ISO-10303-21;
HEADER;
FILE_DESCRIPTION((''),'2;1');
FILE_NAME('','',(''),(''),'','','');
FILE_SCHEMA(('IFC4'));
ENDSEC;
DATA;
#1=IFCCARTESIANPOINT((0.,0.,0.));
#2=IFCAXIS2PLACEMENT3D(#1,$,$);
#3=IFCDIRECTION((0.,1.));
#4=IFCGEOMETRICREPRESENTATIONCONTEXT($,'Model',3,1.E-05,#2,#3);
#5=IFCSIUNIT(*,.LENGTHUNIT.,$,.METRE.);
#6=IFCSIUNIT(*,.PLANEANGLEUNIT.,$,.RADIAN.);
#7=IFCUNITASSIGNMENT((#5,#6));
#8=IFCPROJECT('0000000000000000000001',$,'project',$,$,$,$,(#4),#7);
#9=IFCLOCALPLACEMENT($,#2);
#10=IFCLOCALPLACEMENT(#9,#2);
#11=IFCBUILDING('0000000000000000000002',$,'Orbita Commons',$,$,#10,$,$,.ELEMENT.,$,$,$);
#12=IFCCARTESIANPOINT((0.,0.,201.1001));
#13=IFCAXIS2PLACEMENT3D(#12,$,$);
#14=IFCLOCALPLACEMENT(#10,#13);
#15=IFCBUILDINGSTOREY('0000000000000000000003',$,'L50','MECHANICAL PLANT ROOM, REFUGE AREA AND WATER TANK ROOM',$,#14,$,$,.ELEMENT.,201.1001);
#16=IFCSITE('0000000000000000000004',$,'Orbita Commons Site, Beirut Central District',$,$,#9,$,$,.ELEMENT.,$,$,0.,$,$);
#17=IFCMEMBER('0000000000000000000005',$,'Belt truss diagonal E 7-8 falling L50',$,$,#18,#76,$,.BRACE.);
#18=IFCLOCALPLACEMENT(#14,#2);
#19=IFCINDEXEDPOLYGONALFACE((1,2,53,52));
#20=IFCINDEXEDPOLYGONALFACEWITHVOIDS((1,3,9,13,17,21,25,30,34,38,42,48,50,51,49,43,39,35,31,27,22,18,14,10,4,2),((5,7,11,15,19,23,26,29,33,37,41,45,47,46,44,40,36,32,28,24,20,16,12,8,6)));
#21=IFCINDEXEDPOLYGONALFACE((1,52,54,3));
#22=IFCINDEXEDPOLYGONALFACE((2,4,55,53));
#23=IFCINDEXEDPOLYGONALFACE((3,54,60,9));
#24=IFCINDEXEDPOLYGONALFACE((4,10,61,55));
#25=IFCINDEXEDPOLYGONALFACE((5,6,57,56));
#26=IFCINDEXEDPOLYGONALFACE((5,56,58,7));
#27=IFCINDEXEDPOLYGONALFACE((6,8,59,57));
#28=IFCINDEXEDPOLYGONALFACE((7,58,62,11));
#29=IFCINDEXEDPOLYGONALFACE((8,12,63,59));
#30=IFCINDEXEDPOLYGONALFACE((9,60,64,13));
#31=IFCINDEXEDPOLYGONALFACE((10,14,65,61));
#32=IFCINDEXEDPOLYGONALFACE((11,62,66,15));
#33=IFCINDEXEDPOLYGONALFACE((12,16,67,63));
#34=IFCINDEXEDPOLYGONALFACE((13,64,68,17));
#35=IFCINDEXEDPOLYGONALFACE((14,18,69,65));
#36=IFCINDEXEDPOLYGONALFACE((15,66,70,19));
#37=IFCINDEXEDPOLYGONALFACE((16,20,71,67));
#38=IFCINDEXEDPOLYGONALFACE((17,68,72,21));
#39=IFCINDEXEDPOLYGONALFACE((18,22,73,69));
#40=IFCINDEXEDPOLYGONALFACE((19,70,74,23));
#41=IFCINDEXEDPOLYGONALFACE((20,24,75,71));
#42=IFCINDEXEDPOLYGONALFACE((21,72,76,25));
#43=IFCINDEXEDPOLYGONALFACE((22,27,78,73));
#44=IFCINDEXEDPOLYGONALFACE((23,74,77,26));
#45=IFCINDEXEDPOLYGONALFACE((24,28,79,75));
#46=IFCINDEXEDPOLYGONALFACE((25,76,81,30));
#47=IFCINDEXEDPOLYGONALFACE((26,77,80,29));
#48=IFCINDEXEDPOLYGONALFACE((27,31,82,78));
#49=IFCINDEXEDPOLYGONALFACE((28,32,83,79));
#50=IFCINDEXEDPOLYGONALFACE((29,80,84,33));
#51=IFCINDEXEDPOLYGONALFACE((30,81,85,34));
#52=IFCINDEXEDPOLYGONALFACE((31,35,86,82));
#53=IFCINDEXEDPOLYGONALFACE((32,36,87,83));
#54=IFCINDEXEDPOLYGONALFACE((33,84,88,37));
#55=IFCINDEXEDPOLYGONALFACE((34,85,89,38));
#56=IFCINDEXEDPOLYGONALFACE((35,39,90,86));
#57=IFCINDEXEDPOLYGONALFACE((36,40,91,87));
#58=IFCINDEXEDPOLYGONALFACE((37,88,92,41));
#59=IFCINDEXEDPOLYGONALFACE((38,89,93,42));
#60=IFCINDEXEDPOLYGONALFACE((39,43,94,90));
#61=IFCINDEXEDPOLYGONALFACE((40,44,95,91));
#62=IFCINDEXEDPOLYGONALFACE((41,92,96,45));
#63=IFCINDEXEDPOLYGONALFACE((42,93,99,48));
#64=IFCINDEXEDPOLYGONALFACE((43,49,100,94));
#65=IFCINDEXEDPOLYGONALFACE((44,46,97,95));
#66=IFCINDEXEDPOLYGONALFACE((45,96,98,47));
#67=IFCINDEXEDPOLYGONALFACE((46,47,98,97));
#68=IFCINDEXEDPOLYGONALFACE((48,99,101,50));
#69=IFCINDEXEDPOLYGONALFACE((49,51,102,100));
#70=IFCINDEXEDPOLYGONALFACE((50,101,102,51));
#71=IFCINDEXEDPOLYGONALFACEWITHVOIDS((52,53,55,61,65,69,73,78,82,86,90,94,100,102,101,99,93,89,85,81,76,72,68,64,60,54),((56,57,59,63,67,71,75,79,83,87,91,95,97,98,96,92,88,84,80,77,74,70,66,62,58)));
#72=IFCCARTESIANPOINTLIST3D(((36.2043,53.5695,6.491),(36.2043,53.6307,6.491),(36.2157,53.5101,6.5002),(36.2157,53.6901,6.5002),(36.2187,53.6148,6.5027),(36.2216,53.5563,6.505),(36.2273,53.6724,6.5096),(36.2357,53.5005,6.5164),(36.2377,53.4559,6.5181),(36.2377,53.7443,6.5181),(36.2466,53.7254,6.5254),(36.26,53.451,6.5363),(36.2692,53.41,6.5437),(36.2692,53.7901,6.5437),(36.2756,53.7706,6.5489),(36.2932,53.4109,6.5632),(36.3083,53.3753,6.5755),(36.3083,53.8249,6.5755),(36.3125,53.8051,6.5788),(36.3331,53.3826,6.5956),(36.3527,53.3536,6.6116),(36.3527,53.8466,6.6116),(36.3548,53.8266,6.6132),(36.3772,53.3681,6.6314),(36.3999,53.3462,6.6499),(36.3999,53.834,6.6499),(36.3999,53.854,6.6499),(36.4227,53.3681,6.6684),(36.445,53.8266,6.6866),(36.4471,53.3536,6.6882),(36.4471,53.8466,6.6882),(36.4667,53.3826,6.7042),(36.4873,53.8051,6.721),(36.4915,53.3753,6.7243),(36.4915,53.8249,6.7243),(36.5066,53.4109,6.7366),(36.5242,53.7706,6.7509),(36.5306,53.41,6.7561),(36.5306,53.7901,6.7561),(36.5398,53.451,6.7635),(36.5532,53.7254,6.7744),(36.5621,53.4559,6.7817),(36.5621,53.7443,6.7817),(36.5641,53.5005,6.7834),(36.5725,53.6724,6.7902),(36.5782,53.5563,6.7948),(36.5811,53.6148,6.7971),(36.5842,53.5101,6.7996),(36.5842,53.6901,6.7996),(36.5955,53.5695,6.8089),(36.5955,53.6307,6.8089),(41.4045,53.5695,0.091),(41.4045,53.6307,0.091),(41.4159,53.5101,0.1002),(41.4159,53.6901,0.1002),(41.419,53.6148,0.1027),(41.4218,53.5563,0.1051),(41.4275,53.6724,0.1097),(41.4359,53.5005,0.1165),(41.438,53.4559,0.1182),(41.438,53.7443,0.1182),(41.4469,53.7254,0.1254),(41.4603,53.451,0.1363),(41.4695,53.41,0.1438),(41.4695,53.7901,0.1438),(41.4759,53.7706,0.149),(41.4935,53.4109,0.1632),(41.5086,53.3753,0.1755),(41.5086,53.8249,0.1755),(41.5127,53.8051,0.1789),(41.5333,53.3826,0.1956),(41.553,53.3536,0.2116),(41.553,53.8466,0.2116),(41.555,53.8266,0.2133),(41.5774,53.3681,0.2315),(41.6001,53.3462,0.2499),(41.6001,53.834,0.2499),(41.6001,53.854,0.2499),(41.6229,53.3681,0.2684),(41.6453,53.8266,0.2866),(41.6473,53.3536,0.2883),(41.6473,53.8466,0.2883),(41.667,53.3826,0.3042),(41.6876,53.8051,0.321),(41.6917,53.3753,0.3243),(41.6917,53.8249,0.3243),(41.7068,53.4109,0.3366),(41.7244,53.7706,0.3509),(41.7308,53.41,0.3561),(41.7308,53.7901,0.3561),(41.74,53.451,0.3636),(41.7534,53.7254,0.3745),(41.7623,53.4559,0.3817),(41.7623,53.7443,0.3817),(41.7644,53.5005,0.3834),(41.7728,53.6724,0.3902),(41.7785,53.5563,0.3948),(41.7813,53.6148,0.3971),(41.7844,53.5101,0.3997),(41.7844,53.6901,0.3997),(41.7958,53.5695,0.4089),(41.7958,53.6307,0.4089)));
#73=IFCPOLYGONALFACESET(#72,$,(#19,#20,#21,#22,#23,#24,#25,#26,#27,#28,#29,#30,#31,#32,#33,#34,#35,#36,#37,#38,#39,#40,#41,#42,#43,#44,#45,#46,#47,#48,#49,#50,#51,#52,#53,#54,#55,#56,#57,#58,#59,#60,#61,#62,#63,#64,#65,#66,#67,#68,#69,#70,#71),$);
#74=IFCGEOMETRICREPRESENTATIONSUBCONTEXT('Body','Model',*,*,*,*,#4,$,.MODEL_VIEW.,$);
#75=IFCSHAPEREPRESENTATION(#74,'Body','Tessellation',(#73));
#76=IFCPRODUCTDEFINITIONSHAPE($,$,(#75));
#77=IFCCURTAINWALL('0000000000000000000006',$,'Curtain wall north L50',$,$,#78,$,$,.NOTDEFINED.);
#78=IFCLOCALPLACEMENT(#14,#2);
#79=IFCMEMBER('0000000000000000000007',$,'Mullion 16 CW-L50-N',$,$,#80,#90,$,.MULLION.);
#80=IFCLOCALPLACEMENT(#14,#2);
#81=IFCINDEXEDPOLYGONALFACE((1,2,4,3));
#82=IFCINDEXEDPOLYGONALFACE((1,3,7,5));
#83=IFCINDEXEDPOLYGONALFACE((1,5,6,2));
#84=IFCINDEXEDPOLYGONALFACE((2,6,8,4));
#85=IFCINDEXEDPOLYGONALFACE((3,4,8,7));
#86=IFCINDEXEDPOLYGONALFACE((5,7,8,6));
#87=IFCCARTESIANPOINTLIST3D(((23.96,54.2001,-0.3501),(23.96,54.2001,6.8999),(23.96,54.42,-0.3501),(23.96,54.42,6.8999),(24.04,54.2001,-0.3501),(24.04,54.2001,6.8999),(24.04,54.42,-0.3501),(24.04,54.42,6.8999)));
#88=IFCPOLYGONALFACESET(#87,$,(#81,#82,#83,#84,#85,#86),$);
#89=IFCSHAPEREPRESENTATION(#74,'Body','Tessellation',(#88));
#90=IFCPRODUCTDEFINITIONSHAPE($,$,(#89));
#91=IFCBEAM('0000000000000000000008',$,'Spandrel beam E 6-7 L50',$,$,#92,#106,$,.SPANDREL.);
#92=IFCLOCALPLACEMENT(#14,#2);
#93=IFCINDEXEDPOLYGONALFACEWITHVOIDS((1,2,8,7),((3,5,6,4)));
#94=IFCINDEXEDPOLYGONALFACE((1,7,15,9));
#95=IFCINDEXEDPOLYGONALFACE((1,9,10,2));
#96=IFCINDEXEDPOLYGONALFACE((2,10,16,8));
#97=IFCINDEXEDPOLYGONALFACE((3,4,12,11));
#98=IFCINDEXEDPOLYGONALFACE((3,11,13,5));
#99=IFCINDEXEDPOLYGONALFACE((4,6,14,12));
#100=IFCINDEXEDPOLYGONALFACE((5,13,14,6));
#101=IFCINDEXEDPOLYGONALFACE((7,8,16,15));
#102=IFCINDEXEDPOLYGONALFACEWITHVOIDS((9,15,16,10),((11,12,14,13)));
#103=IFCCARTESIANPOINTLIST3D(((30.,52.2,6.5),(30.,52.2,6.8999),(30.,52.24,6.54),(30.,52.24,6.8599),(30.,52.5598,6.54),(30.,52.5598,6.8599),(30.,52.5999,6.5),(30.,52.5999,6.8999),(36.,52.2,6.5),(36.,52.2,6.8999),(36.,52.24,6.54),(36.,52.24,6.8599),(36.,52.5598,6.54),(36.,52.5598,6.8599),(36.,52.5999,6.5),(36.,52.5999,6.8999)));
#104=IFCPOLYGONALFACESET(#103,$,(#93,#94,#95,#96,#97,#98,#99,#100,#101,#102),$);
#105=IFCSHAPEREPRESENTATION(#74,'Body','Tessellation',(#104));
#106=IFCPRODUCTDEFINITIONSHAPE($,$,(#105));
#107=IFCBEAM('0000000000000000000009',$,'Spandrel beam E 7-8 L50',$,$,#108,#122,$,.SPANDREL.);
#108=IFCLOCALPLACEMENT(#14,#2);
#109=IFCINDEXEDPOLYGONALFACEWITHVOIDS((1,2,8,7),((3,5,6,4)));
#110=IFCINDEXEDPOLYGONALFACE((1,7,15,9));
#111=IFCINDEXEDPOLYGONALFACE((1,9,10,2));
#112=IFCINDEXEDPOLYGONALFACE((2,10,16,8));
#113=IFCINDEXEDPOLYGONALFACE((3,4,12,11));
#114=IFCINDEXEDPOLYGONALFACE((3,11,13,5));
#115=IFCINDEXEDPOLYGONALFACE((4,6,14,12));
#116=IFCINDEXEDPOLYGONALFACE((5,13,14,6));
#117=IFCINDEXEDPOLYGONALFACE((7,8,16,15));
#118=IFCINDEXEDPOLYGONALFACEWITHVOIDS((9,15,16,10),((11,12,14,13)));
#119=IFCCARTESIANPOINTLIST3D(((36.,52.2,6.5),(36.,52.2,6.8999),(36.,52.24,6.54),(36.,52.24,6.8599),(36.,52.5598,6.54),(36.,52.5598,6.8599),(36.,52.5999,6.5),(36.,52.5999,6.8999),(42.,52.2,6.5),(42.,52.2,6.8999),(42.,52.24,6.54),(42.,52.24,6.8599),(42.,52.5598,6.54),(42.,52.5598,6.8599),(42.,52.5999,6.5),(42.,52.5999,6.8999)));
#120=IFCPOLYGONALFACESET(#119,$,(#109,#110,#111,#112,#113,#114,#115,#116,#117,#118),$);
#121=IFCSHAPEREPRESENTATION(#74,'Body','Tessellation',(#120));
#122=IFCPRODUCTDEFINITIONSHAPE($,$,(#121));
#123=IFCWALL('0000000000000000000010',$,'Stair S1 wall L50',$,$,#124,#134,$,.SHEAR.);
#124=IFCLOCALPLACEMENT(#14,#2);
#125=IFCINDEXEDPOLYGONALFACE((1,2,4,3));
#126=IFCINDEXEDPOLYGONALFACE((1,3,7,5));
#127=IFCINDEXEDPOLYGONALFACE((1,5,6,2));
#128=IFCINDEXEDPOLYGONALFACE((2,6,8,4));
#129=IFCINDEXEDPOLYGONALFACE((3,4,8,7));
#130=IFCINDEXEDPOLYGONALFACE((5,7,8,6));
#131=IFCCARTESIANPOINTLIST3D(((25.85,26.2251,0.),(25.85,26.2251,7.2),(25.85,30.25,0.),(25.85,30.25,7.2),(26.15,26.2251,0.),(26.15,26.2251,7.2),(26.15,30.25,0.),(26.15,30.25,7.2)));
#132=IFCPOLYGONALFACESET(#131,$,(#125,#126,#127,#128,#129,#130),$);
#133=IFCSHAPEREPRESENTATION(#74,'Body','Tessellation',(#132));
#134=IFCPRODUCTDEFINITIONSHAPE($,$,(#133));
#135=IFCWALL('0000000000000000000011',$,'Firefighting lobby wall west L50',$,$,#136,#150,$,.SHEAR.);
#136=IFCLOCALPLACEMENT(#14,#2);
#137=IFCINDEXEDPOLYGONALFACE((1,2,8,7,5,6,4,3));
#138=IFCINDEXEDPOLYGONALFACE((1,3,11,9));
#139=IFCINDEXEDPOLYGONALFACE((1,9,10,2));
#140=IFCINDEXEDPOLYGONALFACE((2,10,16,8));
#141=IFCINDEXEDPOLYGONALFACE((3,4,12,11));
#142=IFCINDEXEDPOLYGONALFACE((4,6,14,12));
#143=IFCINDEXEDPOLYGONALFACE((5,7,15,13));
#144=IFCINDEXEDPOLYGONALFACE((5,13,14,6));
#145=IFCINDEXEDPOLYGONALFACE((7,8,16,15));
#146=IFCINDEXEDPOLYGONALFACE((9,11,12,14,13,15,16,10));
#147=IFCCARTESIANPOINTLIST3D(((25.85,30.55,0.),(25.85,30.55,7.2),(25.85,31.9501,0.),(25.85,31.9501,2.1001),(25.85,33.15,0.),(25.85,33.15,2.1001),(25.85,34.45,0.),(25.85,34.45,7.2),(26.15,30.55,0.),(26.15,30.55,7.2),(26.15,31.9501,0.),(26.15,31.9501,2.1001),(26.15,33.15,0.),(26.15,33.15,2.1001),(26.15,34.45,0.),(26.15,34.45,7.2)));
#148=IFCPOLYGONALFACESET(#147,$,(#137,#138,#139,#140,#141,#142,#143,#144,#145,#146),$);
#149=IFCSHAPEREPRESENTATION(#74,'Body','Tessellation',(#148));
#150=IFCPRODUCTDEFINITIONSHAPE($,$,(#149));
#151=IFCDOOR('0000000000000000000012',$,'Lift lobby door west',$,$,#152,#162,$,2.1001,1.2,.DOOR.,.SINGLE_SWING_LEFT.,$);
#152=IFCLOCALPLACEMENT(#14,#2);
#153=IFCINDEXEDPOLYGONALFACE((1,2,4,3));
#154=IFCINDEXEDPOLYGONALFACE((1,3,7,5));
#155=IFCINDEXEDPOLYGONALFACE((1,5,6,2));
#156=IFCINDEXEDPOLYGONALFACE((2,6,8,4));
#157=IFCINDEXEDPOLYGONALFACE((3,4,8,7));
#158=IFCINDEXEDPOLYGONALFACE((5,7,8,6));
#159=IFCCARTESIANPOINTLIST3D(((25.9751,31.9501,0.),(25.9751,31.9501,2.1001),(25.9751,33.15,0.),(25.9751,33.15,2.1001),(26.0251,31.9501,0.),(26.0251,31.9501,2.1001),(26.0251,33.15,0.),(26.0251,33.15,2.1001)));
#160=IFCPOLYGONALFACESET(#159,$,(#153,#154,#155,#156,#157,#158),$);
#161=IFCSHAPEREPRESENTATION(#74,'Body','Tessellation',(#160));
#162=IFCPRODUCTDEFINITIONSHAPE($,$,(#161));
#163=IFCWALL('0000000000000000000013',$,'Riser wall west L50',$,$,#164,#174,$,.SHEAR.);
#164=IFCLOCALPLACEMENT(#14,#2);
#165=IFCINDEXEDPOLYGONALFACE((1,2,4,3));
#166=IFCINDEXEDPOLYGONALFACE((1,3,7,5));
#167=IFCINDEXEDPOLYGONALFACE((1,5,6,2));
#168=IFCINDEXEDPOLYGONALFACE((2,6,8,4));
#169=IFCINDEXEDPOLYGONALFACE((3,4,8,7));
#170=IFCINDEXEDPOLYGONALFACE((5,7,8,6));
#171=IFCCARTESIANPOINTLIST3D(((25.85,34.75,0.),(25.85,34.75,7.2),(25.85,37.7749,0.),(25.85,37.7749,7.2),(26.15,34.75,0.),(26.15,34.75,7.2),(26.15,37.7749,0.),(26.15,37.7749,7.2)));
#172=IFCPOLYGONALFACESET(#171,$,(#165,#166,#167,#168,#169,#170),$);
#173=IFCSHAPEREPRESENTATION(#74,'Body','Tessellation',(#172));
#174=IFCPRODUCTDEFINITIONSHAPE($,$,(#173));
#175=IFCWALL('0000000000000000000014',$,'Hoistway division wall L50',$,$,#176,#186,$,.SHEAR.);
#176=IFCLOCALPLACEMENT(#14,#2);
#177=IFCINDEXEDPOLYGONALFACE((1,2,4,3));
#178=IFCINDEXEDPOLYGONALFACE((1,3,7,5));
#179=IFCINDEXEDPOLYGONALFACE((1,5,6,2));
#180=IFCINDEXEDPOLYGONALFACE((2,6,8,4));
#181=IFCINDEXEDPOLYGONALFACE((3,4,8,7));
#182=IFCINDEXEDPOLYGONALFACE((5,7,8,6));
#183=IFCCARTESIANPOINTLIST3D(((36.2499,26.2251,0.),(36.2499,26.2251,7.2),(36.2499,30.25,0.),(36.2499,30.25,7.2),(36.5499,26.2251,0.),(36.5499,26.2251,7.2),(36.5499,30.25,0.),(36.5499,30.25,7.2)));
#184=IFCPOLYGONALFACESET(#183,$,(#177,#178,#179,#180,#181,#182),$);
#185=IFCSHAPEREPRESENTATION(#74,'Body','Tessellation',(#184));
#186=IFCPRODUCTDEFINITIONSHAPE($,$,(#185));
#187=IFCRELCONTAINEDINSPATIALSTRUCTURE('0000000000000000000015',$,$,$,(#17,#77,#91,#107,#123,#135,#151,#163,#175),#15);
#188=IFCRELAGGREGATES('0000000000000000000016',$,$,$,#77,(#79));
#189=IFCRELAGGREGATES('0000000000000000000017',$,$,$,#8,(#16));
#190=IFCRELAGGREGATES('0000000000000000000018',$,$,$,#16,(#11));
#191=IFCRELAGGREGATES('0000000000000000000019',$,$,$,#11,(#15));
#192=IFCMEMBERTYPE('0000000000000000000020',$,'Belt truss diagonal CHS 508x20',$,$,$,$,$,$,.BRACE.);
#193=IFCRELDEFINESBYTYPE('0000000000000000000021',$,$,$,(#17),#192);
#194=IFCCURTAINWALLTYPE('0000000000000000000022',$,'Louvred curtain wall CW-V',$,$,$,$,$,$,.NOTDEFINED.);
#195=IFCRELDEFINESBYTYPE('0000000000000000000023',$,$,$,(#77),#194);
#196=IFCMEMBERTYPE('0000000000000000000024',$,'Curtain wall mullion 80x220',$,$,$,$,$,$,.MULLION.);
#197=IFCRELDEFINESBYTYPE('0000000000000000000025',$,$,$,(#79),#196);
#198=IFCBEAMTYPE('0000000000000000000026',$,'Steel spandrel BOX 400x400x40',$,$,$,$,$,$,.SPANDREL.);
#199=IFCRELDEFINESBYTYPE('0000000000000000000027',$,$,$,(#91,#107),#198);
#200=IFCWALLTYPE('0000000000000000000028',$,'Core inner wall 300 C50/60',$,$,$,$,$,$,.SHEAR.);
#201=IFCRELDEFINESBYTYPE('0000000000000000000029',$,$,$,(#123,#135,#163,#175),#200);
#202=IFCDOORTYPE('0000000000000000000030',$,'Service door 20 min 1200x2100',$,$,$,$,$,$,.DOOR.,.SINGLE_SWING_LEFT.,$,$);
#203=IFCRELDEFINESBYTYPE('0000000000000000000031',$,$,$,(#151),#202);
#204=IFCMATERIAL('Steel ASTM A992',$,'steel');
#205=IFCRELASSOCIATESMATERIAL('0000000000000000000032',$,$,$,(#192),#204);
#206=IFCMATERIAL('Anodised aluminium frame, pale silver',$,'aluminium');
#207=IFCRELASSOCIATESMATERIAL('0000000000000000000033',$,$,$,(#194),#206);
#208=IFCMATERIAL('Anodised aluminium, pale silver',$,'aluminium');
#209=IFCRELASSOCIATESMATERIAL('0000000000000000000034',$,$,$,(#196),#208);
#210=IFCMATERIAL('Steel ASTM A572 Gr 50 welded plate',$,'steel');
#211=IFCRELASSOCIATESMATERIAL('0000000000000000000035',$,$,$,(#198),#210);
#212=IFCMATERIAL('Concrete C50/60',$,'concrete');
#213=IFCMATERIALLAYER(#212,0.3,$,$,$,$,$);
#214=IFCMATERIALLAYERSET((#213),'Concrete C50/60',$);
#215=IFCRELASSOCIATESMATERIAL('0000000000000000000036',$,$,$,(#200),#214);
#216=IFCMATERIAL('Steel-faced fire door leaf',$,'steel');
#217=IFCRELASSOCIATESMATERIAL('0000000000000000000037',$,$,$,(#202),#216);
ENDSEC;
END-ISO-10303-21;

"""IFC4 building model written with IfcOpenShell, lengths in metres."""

from ifc_helpers import new_model, si_unit, direction, frame, frame_2d, origin, origin_2d, place, context, subcontext, project, spatial, rectangle, hollow_rectangle, hollow_circle, extrude, material, layer, layer_set, material_profile, profile_set, type_object, element, fill, aggregate, save


model = new_model("IFC4")

# Units and contexts
model_context = context("Model", 3, precision=1e-05, world=origin(), true_north=direction((0.0, 1.0)))
body_context = subcontext(model_context, "Body", "Model", "MODEL_VIEW")
ifc_project = project(units=[si_unit("LENGTHUNIT", "METRE"), si_unit("PLANEANGLEUNIT", "RADIAN")], contexts=[model_context])

# Site, building, storey
site_placement = place(None, origin())
site = spatial("IfcSite", under=ifc_project, at=site_placement, Name="Orbita Commons Site, Beirut Central District", CompositionType="ELEMENT", RefElevation=0.0)
building_placement = place(site_placement, origin())
building = spatial("IfcBuilding", under=site, at=building_placement, Name="Orbita Commons", CompositionType="ELEMENT")
storey_placement = place(building_placement, frame((0.0, 0.0, 201.1001)))
storey = spatial("IfcBuildingStorey", under=building, at=storey_placement, Name="L50", Description="MECHANICAL PLANT ROOM, REFUGE AREA AND WATER TANK ROOM", CompositionType="ELEMENT", Elevation=201.1001)

# Member
ifc_material_1 = material(Name="Steel ASTM A992", Category="steel")
ifc_material_profile_1 = material_profile(ifc_material_1, hollow_circle(Radius=0.2539, WallThickness=0.02, at=origin_2d()), Name="CHS 508x20")
ifc_profile_set_1 = profile_set([ifc_material_profile_1], Name="Steel ASTM A992")
member_type_1 = type_object("IfcMemberType", Name="Belt truss diagonal CHS 508x20", PredefinedType="BRACE", material=ifc_profile_set_1)
for number, where, z_axis, x_axis, name in (
    (1, (36.3999, 53.6001, 6.6499), (0.630613, 0.0, -0.776098), (0.0, 1.0, 0.0), "Belt truss diagonal E 7-8 falling L50"),
):
    element("IfcMember", number, at=place(storey_placement, frame(where, z_axis=z_axis, x_axis=x_axis)), inside=storey, type_object=member_type_1, Name=name, PredefinedType="BRACE", context=body_context, shape_type="SweptSolid", body=[
        extrude(hollow_circle(Radius=0.2539, WallThickness=0.02, at=origin_2d()), origin(), (0.0, 0.0, 1.0), 8.2463),
    ])

# Curtain wall, member
ifc_material_2 = material(Name="Anodised aluminium frame, pale silver", Category="aluminium")
curtain_wall_type = type_object("IfcCurtainWallType", Name="Louvred curtain wall CW-V", PredefinedType="NOTDEFINED", material=ifc_material_2)
curtain_wall_placement = place(storey_placement, origin())
curtain_wall = element("IfcCurtainWall", 2, at=curtain_wall_placement, inside=storey, type_object=curtain_wall_type, Name="Curtain wall north L50", PredefinedType="NOTDEFINED")
ifc_material_3 = material(Name="Anodised aluminium, pale silver", Category="aluminium")
ifc_material_profile_2 = material_profile(ifc_material_3, rectangle(XDim=0.0801, YDim=0.22, at=origin_2d()), Name="AL 80x220")
ifc_profile_set_2 = profile_set([ifc_material_profile_2], Name="Anodised aluminium, pale silver")
member_type_2 = type_object("IfcMemberType", Name="Curtain wall mullion 80x220", PredefinedType="MULLION", material=ifc_profile_set_2)
member_placement = place(storey_placement, frame((24.0, 54.3101, -0.3501), z_axis=(0.0, 0.0, 1.0), x_axis=(-1.0, 0.0, 0.0)))
member = element("IfcMember", 3, at=member_placement, type_object=member_type_2, Name="Mullion 16 CW-L50-N", PredefinedType="MULLION", context=body_context, shape_type="SweptSolid", body=[
    extrude(rectangle(XDim=0.0801, YDim=0.22, at=origin_2d()), origin(), (0.0, 0.0, 1.0), 7.25),
])
aggregate(curtain_wall, [member])

# Beams
ifc_material_4 = material(Name="Steel ASTM A572 Gr 50 welded plate", Category="steel")
ifc_material_profile_3 = material_profile(ifc_material_4, hollow_rectangle(XDim=0.3999, YDim=0.3999, WallThickness=0.04, at=origin_2d()), Name="BOX 400x400x40")
ifc_profile_set_3 = profile_set([ifc_material_profile_3], Name="Steel ASTM A572 Gr 50 welded plate")
beam_type = type_object("IfcBeamType", Name="Steel spandrel BOX 400x400x40", PredefinedType="SPANDREL", material=ifc_profile_set_3)
for number, where, z_axis, x_axis, name in (
    (4, (30.0, 52.3999, 6.7), (1.0, 0.0, 0.0), (0.0, 1.0, 0.0), "Spandrel beam E 6-7 L50"),
    (5, (36.0, 52.3999, 6.7), (1.0, 0.0, 0.0), (0.0, 1.0, 0.0), "Spandrel beam E 7-8 L50"),
):
    element("IfcBeam", number, at=place(storey_placement, frame(where, z_axis=z_axis, x_axis=x_axis)), inside=storey, type_object=beam_type, Name=name, PredefinedType="SPANDREL", context=body_context, shape_type="SweptSolid", body=[
        extrude(hollow_rectangle(XDim=0.3999, YDim=0.3999, WallThickness=0.04, at=origin_2d()), origin(), (0.0, 0.0, 1.0), 6.0),
    ])

# Wall
ifc_material_5 = material(Name="Concrete C50/60", Category="concrete")
ifc_layer_1 = layer(ifc_material_5, 0.3)
ifc_layer_set_1 = layer_set([ifc_layer_1], Name="Concrete C50/60")
wall_type_1 = type_object("IfcWallType", Name="Core inner wall 300 C50/60", PredefinedType="SHEAR", material=ifc_layer_set_1)
wall_1_placement = place(storey_placement, frame((26.0, 26.2251, 0.0), z_axis=(0.0, 0.0, 1.0), x_axis=(0.0, 1.0, 0.0)))
element("IfcWall", 6, at=wall_1_placement, inside=storey, type_object=wall_type_1, Name="Stair S1 wall L50", PredefinedType="SHEAR", context=body_context, shape_type="SweptSolid", body=[
    extrude(rectangle(XDim=4.0249, YDim=0.3, at=frame_2d((2.0125, 0.0))), origin(), (0.0, 0.0, 1.0), 7.2),
])

# Wall, opening, door
wall_2_placement = place(storey_placement, frame((26.0, 30.55, 0.0), z_axis=(0.0, 0.0, 1.0), x_axis=(0.0, 1.0, 0.0)))
wall_2 = element("IfcWall", 7, at=wall_2_placement, inside=storey, type_object=wall_type_1, Name="Firefighting lobby wall west L50", PredefinedType="SHEAR", context=body_context, shape_type="SweptSolid", body=[
    extrude(rectangle(XDim=3.8999, YDim=0.3, at=frame_2d((1.95, 0.0))), origin(), (0.0, 0.0, 1.0), 7.2),
])
opening_1_placement = place(wall_2_placement, frame((1.3999, 0.0, 0.0)))
opening_1 = element("IfcOpeningElement", 8, at=opening_1_placement, cuts=wall_2, PredefinedType="OPENING", context=body_context, shape_type="SweptSolid", body=[
    extrude(rectangle(XDim=1.2, YDim=2.1001, at=frame_2d((0.6001, 1.05))), frame((0.0, 0.1599, 0.0), z_axis=(0.0, -1.0, 0.0), x_axis=(1.0, 0.0, 0.0)), (0.0, 0.0, 1.0), 0.3201),
])
ifc_material_6 = material(Name="Steel-faced fire door leaf", Category="steel")
door_type_1 = type_object("IfcDoorType", Name="Service door 20 min 1200x2100", OperationType="SINGLE_SWING_LEFT", PredefinedType="DOOR", material=ifc_material_6)
door_1_placement = place(opening_1_placement, origin())
door_1 = element("IfcDoor", 9, at=door_1_placement, inside=storey, type_object=door_type_1, Name="Lift lobby door west", OperationType="SINGLE_SWING_LEFT", OverallHeight=2.1001, OverallWidth=1.2, PredefinedType="DOOR", context=body_context, shape_type="SweptSolid", body=[
    extrude(rectangle(XDim=1.2, YDim=2.1001, at=frame_2d((0.6001, 1.05))), frame((0.0, 0.0249, 0.0), z_axis=(0.0, -1.0, 0.0), x_axis=(1.0, 0.0, 0.0)), (0.0, 0.0, 1.0), 0.05),
])
fill(opening_1, door_1)

# Walls
wall_3_placement = place(storey_placement, frame((26.0, 34.75, 0.0), z_axis=(0.0, 0.0, 1.0), x_axis=(0.0, 1.0, 0.0)))
element("IfcWall", 10, at=wall_3_placement, inside=storey, type_object=wall_type_1, Name="Riser wall west L50", PredefinedType="SHEAR", context=body_context, shape_type="SweptSolid", body=[
    extrude(rectangle(XDim=3.0249, YDim=0.3, at=frame_2d((1.5125, 0.0))), origin(), (0.0, 0.0, 1.0), 7.2),
])
wall_4_placement = place(storey_placement, frame((36.3999, 26.2251, 0.0), z_axis=(0.0, 0.0, 1.0), x_axis=(0.0, 1.0, 0.0)))
element("IfcWall", 11, at=wall_4_placement, inside=storey, type_object=wall_type_1, Name="Hoistway division wall L50", PredefinedType="SHEAR", context=body_context, shape_type="SweptSolid", body=[
    extrude(rectangle(XDim=4.0249, YDim=0.3, at=frame_2d((2.0125, 0.0))), origin(), (0.0, 0.0, 1.0), 7.2),
])

save(model, "model.ifc")
